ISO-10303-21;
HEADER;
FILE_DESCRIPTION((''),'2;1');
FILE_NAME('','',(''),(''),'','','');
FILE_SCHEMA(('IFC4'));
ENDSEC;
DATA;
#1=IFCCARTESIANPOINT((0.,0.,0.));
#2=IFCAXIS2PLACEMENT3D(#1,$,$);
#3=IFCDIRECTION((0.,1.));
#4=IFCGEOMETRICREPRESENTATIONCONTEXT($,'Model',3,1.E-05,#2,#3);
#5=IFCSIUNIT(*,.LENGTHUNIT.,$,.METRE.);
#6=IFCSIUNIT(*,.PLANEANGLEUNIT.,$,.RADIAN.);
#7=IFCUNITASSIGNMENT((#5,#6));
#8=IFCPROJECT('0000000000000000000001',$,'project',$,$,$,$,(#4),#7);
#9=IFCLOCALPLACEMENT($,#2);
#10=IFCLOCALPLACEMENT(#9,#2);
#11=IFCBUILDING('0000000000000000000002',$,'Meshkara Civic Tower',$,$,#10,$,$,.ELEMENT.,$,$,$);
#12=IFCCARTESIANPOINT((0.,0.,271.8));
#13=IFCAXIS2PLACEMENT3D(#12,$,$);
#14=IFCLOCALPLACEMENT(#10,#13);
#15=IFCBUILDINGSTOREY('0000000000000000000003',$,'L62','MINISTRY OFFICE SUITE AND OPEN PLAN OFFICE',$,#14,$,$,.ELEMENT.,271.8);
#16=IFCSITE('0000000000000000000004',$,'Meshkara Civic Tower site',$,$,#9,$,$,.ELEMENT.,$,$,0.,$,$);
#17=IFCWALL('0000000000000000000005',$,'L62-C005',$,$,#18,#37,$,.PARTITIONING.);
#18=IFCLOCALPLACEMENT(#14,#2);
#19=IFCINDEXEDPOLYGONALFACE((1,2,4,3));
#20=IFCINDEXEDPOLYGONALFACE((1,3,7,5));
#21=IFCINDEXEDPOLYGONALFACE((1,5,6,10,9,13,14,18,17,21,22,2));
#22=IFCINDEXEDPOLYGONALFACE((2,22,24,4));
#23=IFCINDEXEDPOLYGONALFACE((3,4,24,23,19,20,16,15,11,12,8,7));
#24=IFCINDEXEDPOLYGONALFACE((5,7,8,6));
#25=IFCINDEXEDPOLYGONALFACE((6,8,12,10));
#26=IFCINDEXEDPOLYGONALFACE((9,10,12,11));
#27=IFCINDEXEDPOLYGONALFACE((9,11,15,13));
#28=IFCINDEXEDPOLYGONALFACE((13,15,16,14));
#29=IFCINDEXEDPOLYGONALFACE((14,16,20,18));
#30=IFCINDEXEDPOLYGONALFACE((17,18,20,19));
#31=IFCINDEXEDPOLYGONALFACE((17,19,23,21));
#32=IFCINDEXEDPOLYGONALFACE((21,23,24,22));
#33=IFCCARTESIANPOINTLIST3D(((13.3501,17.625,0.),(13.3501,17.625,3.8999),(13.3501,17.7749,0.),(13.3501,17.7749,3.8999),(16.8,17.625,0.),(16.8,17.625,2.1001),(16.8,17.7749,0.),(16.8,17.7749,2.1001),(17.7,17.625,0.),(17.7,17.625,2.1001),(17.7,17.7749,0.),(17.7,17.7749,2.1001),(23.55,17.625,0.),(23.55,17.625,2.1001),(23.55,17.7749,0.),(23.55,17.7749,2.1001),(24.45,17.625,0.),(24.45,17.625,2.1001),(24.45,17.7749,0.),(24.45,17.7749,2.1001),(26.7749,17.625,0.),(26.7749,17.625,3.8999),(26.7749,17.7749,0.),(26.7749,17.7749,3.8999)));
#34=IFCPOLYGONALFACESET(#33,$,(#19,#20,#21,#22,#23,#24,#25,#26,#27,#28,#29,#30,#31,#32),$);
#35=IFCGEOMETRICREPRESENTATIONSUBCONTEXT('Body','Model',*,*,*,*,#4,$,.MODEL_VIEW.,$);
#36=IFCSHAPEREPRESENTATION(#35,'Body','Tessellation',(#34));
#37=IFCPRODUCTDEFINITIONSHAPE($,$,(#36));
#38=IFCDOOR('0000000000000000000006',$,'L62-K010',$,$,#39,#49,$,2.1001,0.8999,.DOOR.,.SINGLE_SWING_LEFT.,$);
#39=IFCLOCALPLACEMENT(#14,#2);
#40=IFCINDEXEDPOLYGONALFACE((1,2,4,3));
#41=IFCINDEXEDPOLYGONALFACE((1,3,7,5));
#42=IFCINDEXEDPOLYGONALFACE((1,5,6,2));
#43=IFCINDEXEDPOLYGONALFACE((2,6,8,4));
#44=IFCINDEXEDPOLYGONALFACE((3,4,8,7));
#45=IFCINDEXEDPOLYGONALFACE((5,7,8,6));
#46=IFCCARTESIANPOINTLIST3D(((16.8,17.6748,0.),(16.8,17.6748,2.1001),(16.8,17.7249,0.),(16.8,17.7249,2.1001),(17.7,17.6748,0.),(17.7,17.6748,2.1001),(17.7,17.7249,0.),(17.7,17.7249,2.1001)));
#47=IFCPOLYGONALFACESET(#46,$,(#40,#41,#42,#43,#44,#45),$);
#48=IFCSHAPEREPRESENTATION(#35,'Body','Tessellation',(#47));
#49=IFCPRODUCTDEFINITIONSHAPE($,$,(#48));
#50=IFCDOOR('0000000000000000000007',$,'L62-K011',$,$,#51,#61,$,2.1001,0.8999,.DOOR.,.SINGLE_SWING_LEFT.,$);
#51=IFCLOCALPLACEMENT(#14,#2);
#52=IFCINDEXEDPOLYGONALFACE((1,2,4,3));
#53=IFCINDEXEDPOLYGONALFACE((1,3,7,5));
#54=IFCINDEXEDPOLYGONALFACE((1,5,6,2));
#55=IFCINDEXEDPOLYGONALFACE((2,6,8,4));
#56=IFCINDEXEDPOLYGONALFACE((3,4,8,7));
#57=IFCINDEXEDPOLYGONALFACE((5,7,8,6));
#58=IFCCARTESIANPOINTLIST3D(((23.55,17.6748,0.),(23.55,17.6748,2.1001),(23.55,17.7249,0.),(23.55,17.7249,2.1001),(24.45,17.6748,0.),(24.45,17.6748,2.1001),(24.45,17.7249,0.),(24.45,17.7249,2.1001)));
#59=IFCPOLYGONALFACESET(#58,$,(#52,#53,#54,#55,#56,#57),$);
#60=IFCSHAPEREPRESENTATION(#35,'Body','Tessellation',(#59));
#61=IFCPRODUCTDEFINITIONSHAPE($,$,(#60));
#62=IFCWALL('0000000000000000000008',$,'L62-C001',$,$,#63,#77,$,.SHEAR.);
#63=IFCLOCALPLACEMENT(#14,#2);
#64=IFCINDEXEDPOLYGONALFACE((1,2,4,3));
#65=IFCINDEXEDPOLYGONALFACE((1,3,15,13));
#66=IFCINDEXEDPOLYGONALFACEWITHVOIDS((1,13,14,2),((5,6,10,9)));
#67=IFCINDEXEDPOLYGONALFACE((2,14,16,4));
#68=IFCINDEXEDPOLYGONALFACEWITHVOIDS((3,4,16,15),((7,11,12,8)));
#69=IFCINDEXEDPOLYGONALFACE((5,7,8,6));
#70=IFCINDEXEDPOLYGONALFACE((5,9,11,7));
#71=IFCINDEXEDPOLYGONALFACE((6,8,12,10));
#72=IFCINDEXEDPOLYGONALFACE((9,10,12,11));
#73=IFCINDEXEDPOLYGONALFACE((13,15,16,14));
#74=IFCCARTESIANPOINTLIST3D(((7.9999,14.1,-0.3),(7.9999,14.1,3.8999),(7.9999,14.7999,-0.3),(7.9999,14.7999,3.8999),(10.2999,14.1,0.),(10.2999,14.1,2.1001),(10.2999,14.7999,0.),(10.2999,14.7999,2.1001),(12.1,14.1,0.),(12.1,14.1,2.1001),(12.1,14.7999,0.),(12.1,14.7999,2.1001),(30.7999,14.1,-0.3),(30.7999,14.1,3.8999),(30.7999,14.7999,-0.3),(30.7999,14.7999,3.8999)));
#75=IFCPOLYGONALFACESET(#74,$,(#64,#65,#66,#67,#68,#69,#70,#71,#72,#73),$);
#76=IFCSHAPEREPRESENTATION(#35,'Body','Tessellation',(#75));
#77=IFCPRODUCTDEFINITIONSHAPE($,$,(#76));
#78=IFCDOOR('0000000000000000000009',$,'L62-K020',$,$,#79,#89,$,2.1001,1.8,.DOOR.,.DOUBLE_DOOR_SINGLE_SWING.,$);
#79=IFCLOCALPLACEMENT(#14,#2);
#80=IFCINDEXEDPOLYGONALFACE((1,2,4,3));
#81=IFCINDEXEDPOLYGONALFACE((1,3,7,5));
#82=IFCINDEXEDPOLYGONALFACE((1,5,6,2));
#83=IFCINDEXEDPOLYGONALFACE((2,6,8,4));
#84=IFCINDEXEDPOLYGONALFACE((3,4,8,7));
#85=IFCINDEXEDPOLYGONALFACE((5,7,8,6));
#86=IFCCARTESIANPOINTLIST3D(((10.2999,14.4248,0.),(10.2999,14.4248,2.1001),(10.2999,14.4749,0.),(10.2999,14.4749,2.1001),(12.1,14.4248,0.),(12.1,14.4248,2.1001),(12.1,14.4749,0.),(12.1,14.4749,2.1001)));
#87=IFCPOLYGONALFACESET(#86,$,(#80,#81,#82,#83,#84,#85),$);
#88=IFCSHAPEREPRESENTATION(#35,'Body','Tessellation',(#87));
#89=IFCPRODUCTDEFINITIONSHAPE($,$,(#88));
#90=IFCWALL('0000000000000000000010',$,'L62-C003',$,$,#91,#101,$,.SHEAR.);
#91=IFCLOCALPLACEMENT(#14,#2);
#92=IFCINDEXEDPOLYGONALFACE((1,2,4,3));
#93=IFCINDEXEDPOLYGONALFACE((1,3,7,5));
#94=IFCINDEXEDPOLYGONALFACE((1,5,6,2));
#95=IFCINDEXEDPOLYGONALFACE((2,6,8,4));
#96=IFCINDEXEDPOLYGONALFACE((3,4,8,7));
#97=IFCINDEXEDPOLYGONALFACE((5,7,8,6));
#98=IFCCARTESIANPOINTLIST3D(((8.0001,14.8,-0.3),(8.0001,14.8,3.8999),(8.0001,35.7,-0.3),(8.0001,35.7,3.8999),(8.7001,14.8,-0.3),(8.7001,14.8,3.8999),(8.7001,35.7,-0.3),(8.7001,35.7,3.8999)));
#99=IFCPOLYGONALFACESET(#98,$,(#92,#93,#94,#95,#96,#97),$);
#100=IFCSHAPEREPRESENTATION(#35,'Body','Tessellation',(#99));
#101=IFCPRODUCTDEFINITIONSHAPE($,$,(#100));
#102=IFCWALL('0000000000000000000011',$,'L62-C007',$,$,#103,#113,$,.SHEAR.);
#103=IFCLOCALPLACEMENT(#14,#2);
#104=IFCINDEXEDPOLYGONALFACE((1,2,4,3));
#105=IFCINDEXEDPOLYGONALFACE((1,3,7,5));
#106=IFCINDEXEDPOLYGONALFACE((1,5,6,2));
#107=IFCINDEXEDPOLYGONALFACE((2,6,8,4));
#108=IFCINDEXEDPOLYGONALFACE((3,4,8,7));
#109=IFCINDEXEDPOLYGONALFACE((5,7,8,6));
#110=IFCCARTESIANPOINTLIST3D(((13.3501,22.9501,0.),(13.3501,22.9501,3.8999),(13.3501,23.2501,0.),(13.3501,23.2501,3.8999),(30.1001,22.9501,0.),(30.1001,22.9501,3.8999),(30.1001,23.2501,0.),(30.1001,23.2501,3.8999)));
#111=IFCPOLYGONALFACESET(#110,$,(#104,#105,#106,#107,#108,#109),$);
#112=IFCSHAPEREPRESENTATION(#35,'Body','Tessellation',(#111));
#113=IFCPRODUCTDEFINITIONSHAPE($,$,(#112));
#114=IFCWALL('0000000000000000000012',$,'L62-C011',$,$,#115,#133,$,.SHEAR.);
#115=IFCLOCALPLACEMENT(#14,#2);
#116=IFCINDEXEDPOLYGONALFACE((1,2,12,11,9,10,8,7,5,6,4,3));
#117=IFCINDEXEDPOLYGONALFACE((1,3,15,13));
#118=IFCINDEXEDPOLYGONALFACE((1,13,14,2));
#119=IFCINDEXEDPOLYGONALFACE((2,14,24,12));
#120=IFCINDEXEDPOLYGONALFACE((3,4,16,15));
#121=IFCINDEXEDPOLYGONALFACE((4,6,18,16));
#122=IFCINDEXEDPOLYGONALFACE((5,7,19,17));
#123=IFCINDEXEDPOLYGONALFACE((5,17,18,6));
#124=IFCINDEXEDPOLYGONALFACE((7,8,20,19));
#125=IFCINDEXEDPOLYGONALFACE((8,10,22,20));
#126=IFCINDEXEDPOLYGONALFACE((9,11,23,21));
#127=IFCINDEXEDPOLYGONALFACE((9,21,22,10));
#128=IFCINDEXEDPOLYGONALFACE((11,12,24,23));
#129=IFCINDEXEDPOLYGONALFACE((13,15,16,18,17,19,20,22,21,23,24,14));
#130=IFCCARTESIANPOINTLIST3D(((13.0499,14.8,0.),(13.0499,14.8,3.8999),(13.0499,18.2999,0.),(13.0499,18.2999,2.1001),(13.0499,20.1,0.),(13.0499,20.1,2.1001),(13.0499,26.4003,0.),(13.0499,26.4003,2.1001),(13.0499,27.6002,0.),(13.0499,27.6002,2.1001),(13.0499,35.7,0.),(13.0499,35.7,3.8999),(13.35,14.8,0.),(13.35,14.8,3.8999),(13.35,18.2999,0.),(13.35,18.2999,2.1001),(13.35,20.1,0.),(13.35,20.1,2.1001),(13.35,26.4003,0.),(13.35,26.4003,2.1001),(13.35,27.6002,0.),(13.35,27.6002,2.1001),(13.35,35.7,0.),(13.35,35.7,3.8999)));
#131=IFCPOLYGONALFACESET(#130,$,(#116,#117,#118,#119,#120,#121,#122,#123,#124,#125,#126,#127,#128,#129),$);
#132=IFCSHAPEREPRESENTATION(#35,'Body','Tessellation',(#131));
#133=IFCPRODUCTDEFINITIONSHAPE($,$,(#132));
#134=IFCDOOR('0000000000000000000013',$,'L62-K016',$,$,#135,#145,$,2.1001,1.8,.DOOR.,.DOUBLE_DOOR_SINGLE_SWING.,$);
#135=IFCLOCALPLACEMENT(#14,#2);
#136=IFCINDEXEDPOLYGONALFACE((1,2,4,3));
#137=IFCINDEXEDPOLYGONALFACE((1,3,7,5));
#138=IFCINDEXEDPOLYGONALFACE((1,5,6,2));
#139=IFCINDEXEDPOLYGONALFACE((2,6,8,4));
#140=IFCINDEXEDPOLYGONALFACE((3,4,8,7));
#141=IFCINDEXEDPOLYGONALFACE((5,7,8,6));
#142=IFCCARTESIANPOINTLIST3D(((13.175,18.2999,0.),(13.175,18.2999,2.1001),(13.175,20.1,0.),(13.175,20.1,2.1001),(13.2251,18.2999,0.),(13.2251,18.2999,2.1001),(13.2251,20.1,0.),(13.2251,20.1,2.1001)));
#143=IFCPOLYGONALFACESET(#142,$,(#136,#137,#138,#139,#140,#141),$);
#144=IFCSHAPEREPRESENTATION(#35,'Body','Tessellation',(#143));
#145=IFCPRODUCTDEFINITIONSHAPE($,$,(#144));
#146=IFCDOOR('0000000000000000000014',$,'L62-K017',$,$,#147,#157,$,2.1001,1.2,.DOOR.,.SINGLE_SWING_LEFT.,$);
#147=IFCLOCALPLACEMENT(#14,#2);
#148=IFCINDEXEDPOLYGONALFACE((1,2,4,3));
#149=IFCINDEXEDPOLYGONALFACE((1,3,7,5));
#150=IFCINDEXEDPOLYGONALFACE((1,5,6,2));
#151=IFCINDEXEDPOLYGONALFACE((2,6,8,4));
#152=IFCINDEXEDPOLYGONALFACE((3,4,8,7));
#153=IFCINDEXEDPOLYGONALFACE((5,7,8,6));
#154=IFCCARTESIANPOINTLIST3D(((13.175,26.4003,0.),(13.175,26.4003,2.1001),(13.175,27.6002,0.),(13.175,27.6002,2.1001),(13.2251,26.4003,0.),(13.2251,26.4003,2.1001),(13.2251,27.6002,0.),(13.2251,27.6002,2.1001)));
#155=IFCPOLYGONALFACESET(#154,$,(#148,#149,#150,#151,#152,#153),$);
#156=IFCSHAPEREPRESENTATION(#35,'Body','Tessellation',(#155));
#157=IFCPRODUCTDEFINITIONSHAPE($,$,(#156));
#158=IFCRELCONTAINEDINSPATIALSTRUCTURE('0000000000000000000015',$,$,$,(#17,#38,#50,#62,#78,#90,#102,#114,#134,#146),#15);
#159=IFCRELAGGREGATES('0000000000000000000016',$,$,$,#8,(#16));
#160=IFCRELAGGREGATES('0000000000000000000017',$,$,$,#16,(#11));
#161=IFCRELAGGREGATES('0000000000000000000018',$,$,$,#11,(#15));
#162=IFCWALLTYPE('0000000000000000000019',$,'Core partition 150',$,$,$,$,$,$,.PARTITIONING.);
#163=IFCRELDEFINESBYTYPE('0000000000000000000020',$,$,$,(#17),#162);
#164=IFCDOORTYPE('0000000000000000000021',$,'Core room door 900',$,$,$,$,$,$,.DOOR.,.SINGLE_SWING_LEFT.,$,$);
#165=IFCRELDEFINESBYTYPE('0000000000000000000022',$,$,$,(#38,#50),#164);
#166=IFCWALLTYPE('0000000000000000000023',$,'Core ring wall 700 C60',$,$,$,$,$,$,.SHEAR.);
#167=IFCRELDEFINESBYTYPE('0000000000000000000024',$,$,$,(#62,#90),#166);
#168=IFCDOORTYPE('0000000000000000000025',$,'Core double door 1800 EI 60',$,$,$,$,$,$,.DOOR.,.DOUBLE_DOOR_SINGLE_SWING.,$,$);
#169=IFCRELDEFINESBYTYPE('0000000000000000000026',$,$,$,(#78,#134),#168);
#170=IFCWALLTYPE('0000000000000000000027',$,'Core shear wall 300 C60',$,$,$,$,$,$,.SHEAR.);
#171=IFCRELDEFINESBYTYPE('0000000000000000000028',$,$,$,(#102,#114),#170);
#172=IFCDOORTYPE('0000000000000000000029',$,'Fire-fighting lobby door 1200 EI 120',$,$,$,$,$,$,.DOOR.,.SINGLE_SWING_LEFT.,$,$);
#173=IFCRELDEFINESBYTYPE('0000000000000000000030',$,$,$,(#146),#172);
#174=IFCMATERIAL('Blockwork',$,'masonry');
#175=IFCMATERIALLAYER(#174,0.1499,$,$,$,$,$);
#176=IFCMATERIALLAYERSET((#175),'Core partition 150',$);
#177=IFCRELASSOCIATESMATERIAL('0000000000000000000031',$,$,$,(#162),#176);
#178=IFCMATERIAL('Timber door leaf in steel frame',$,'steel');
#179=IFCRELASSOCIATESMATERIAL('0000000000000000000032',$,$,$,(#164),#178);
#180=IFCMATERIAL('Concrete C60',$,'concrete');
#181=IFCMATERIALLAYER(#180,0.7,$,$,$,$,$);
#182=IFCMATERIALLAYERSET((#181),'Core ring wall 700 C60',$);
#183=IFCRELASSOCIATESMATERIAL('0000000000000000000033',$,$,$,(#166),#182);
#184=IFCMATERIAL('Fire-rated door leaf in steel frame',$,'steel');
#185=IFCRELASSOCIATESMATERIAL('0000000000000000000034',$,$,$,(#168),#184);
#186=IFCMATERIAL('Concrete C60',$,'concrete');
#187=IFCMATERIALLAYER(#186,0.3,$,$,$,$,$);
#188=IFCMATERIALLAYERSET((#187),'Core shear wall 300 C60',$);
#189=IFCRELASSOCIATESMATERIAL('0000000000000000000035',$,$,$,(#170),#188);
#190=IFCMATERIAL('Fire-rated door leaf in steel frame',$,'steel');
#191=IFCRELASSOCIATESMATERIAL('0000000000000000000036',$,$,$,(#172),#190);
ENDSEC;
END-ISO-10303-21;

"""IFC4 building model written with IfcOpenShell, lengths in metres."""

from ifc_helpers import new_model, si_unit, direction, frame, frame_2d, origin, place, context, subcontext, project, spatial, rectangle, extrude, material, layer, layer_set, type_object, element, fill, save


model = new_model("IFC4")

# Units and contexts
model_context = context("Model", 3, precision=1e-05, world=origin(), true_north=direction((0.0, 1.0)))
body_context = subcontext(model_context, "Body", "Model", "MODEL_VIEW")
ifc_project = project(units=[si_unit("LENGTHUNIT", "METRE"), si_unit("PLANEANGLEUNIT", "RADIAN")], contexts=[model_context])

# Site, building, storey
site_placement = place(None, origin())
site = spatial("IfcSite", under=ifc_project, at=site_placement, Name="Meshkara Civic Tower site", CompositionType="ELEMENT", RefElevation=0.0)
building_placement = place(site_placement, origin())
building = spatial("IfcBuilding", under=site, at=building_placement, Name="Meshkara Civic Tower", CompositionType="ELEMENT")
storey_placement = place(building_placement, frame((0.0, 0.0, 271.8)))
storey = spatial("IfcBuildingStorey", under=building, at=storey_placement, Name="L62", Description="MINISTRY OFFICE SUITE AND OPEN PLAN OFFICE", CompositionType="ELEMENT", Elevation=271.8)

# Wall, openings, doors
ifc_material_1 = material(Name="Blockwork", Category="masonry")
ifc_layer_1 = layer(ifc_material_1, 0.1499)
ifc_layer_set_1 = layer_set([ifc_layer_1], Name="Core partition 150")
wall_type_1 = type_object("IfcWallType", Name="Core partition 150", PredefinedType="PARTITIONING", material=ifc_layer_set_1)
wall_1_placement = place(storey_placement, frame((13.3501, 17.7, 0.0), z_axis=(0.0, 0.0, 1.0), x_axis=(1.0, 0.0, 0.0)))
wall_1 = element("IfcWall", 1, at=wall_1_placement, inside=storey, type_object=wall_type_1, Name="L62-C005", PredefinedType="PARTITIONING", context=body_context, shape_type="SweptSolid", body=[
    extrude(rectangle(XDim=13.4248, YDim=0.1499, at=frame_2d((6.7124, 0.0))), origin(), (0.0, 0.0, 1.0), 3.8999),
])
opening_1_placement = place(wall_1_placement, frame((3.45, 0.0, 0.0)))
opening_1 = element("IfcOpeningElement", 2, at=opening_1_placement, cuts=wall_1, PredefinedType="OPENING", context=body_context, shape_type="SweptSolid", body=[
    extrude(rectangle(XDim=0.8999, YDim=2.1001, at=frame_2d((0.45, 1.05))), frame((0.0, 0.085, 0.0), z_axis=(0.0, -1.0, 0.0), x_axis=(1.0, 0.0, 0.0)), (0.0, 0.0, 1.0), 0.1699),
])
opening_2_placement = place(wall_1_placement, frame((10.2, 0.0, 0.0)))
opening_2 = element("IfcOpeningElement", 3, at=opening_2_placement, cuts=wall_1, PredefinedType="OPENING", context=body_context, shape_type="SweptSolid", body=[
    extrude(rectangle(XDim=0.8999, YDim=2.1001, at=frame_2d((0.45, 1.05))), frame((0.0, 0.085, 0.0), z_axis=(0.0, -1.0, 0.0), x_axis=(1.0, 0.0, 0.0)), (0.0, 0.0, 1.0), 0.1699),
])
ifc_material_2 = material(Name="Timber door leaf in steel frame", Category="steel")
door_type_1 = type_object("IfcDoorType", Name="Core room door 900", OperationType="SINGLE_SWING_LEFT", PredefinedType="DOOR", material=ifc_material_2)
door_1_placement = place(opening_1_placement, origin())
door_1 = element("IfcDoor", 4, at=door_1_placement, inside=storey, type_object=door_type_1, Name="L62-K010", OperationType="SINGLE_SWING_LEFT", OverallHeight=2.1001, OverallWidth=0.8999, PredefinedType="DOOR", context=body_context, shape_type="SweptSolid", body=[
    extrude(rectangle(XDim=0.8999, YDim=2.1001, at=frame_2d((0.45, 1.05))), frame((0.0, 0.0249, 0.0), z_axis=(0.0, -1.0, 0.0), x_axis=(1.0, 0.0, 0.0)), (0.0, 0.0, 1.0), 0.05),
])
fill(opening_1, door_1)
door_2_placement = place(opening_2_placement, origin())
door_2 = element("IfcDoor", 5, at=door_2_placement, inside=storey, type_object=door_type_1, Name="L62-K011", OperationType="SINGLE_SWING_LEFT", OverallHeight=2.1001, OverallWidth=0.8999, PredefinedType="DOOR", context=body_context, shape_type="SweptSolid", body=[
    extrude(rectangle(XDim=0.8999, YDim=2.1001, at=frame_2d((0.45, 1.05))), frame((0.0, 0.0249, 0.0), z_axis=(0.0, -1.0, 0.0), x_axis=(1.0, 0.0, 0.0)), (0.0, 0.0, 1.0), 0.05),
])
fill(opening_2, door_2)

# Wall, opening, door
ifc_material_3 = material(Name="Concrete C60", Category="concrete")
ifc_layer_2 = layer(ifc_material_3, 0.7)
ifc_layer_set_2 = layer_set([ifc_layer_2], Name="Core ring wall 700 C60")
wall_type_2 = type_object("IfcWallType", Name="Core ring wall 700 C60", PredefinedType="SHEAR", material=ifc_layer_set_2)
wall_2_placement = place(storey_placement, frame((8.0, 14.45, -0.3), z_axis=(0.0, 0.0, 1.0), x_axis=(1.0, 0.0, 0.0)))
wall_2 = element("IfcWall", 6, at=wall_2_placement, inside=storey, type_object=wall_type_2, Name="L62-C001", PredefinedType="SHEAR", context=body_context, shape_type="SweptSolid", body=[
    extrude(rectangle(XDim=22.8, YDim=0.7, at=frame_2d((11.3999, 0.0))), origin(), (0.0, 0.0, 1.0), 4.2),
])
opening_3_placement = place(wall_2_placement, frame((2.3, 0.0, 0.3)))
opening_3 = element("IfcOpeningElement", 7, at=opening_3_placement, cuts=wall_2, PredefinedType="OPENING", context=body_context, shape_type="SweptSolid", body=[
    extrude(rectangle(XDim=1.8, YDim=2.1001, at=frame_2d((0.8999, 1.05))), frame((0.0, 0.3599, 0.0), z_axis=(0.0, -1.0, 0.0), x_axis=(1.0, 0.0, 0.0)), (0.0, 0.0, 1.0), 0.72),
])
ifc_material_4 = material(Name="Fire-rated door leaf in steel frame", Category="steel")
door_type_2 = type_object("IfcDoorType", Name="Core double door 1800 EI 60", OperationType="DOUBLE_DOOR_SINGLE_SWING", PredefinedType="DOOR", material=ifc_material_4)
door_3_placement = place(opening_3_placement, origin())
door_3 = element("IfcDoor", 8, at=door_3_placement, inside=storey, type_object=door_type_2, Name="L62-K020", OperationType="DOUBLE_DOOR_SINGLE_SWING", OverallHeight=2.1001, OverallWidth=1.8, PredefinedType="DOOR", context=body_context, shape_type="SweptSolid", body=[
    extrude(rectangle(XDim=1.8, YDim=2.1001, at=frame_2d((0.8999, 1.05))), frame((0.0, 0.0249, 0.0), z_axis=(0.0, -1.0, 0.0), x_axis=(1.0, 0.0, 0.0)), (0.0, 0.0, 1.0), 0.05),
])
fill(opening_3, door_3)

# Walls
wall_3_placement = place(storey_placement, frame((8.3501, 14.8, -0.3), z_axis=(0.0, 0.0, 1.0), x_axis=(0.0, 1.0, 0.0)))
element("IfcWall", 9, at=wall_3_placement, inside=storey, type_object=wall_type_2, Name="L62-C003", PredefinedType="SHEAR", context=body_context, shape_type="SweptSolid", body=[
    extrude(rectangle(XDim=20.8999, YDim=0.7, at=frame_2d((10.45, 0.0))), origin(), (0.0, 0.0, 1.0), 4.2),
])
ifc_material_5 = material(Name="Concrete C60", Category="concrete")
ifc_layer_3 = layer(ifc_material_5, 0.3)
ifc_layer_set_3 = layer_set([ifc_layer_3], Name="Core shear wall 300 C60")
wall_type_3 = type_object("IfcWallType", Name="Core shear wall 300 C60", PredefinedType="SHEAR", material=ifc_layer_set_3)
wall_4_placement = place(storey_placement, frame((13.3501, 23.1001, 0.0), z_axis=(0.0, 0.0, 1.0), x_axis=(1.0, 0.0, 0.0)))
element("IfcWall", 10, at=wall_4_placement, inside=storey, type_object=wall_type_3, Name="L62-C007", PredefinedType="SHEAR", context=body_context, shape_type="SweptSolid", body=[
    extrude(rectangle(XDim=16.75, YDim=0.3, at=frame_2d((8.375, 0.0))), origin(), (0.0, 0.0, 1.0), 3.8999),
])

# Wall, openings, doors
wall_5_placement = place(storey_placement, frame((13.2, 14.8, 0.0), z_axis=(0.0, 0.0, 1.0), x_axis=(0.0, 1.0, 0.0)))
wall_5 = element("IfcWall", 11, at=wall_5_placement, inside=storey, type_object=wall_type_3, Name="L62-C011", PredefinedType="SHEAR", context=body_context, shape_type="SweptSolid", body=[
    extrude(rectangle(XDim=20.8999, YDim=0.3, at=frame_2d((10.45, 0.0))), origin(), (0.0, 0.0, 1.0), 3.8999),
])
opening_4_placement = place(wall_5_placement, frame((3.5, 0.0, 0.0)))
opening_4 = element("IfcOpeningElement", 12, at=opening_4_placement, cuts=wall_5, PredefinedType="OPENING", context=body_context, shape_type="SweptSolid", body=[
    extrude(rectangle(XDim=1.8, YDim=2.1001, at=frame_2d((0.8999, 1.05))), frame((0.0, 0.1599, 0.0), z_axis=(0.0, -1.0, 0.0), x_axis=(1.0, 0.0, 0.0)), (0.0, 0.0, 1.0), 0.3201),
])
opening_5_placement = place(wall_5_placement, frame((11.6001, 0.0, 0.0)))
opening_5 = element("IfcOpeningElement", 13, at=opening_5_placement, cuts=wall_5, PredefinedType="OPENING", context=body_context, shape_type="SweptSolid", body=[
    extrude(rectangle(XDim=1.2, YDim=2.1001, at=frame_2d((0.6001, 1.05))), frame((0.0, 0.1599, 0.0), z_axis=(0.0, -1.0, 0.0), x_axis=(1.0, 0.0, 0.0)), (0.0, 0.0, 1.0), 0.3201),
])
door_4_placement = place(opening_4_placement, origin())
door_4 = element("IfcDoor", 14, at=door_4_placement, inside=storey, type_object=door_type_2, Name="L62-K016", OperationType="DOUBLE_DOOR_SINGLE_SWING", OverallHeight=2.1001, OverallWidth=1.8, PredefinedType="DOOR", context=body_context, shape_type="SweptSolid", body=[
    extrude(rectangle(XDim=1.8, YDim=2.1001, at=frame_2d((0.8999, 1.05))), frame((0.0, 0.0249, 0.0), z_axis=(0.0, -1.0, 0.0), x_axis=(1.0, 0.0, 0.0)), (0.0, 0.0, 1.0), 0.05),
])
fill(opening_4, door_4)
ifc_material_6 = material(Name="Fire-rated door leaf in steel frame", Category="steel")
door_type_3 = type_object("IfcDoorType", Name="Fire-fighting lobby door 1200 EI 120", OperationType="SINGLE_SWING_LEFT", PredefinedType="DOOR", material=ifc_material_6)
door_5_placement = place(opening_5_placement, origin())
door_5 = element("IfcDoor", 15, at=door_5_placement, inside=storey, type_object=door_type_3, Name="L62-K017", OperationType="SINGLE_SWING_LEFT", OverallHeight=2.1001, OverallWidth=1.2, PredefinedType="DOOR", context=body_context, shape_type="SweptSolid", body=[
    extrude(rectangle(XDim=1.2, YDim=2.1001, at=frame_2d((0.6001, 1.05))), frame((0.0, 0.0249, 0.0), z_axis=(0.0, -1.0, 0.0), x_axis=(1.0, 0.0, 0.0)), (0.0, 0.0, 1.0), 0.05),
])
fill(opening_5, door_5)

save(model, "model.ifc")
